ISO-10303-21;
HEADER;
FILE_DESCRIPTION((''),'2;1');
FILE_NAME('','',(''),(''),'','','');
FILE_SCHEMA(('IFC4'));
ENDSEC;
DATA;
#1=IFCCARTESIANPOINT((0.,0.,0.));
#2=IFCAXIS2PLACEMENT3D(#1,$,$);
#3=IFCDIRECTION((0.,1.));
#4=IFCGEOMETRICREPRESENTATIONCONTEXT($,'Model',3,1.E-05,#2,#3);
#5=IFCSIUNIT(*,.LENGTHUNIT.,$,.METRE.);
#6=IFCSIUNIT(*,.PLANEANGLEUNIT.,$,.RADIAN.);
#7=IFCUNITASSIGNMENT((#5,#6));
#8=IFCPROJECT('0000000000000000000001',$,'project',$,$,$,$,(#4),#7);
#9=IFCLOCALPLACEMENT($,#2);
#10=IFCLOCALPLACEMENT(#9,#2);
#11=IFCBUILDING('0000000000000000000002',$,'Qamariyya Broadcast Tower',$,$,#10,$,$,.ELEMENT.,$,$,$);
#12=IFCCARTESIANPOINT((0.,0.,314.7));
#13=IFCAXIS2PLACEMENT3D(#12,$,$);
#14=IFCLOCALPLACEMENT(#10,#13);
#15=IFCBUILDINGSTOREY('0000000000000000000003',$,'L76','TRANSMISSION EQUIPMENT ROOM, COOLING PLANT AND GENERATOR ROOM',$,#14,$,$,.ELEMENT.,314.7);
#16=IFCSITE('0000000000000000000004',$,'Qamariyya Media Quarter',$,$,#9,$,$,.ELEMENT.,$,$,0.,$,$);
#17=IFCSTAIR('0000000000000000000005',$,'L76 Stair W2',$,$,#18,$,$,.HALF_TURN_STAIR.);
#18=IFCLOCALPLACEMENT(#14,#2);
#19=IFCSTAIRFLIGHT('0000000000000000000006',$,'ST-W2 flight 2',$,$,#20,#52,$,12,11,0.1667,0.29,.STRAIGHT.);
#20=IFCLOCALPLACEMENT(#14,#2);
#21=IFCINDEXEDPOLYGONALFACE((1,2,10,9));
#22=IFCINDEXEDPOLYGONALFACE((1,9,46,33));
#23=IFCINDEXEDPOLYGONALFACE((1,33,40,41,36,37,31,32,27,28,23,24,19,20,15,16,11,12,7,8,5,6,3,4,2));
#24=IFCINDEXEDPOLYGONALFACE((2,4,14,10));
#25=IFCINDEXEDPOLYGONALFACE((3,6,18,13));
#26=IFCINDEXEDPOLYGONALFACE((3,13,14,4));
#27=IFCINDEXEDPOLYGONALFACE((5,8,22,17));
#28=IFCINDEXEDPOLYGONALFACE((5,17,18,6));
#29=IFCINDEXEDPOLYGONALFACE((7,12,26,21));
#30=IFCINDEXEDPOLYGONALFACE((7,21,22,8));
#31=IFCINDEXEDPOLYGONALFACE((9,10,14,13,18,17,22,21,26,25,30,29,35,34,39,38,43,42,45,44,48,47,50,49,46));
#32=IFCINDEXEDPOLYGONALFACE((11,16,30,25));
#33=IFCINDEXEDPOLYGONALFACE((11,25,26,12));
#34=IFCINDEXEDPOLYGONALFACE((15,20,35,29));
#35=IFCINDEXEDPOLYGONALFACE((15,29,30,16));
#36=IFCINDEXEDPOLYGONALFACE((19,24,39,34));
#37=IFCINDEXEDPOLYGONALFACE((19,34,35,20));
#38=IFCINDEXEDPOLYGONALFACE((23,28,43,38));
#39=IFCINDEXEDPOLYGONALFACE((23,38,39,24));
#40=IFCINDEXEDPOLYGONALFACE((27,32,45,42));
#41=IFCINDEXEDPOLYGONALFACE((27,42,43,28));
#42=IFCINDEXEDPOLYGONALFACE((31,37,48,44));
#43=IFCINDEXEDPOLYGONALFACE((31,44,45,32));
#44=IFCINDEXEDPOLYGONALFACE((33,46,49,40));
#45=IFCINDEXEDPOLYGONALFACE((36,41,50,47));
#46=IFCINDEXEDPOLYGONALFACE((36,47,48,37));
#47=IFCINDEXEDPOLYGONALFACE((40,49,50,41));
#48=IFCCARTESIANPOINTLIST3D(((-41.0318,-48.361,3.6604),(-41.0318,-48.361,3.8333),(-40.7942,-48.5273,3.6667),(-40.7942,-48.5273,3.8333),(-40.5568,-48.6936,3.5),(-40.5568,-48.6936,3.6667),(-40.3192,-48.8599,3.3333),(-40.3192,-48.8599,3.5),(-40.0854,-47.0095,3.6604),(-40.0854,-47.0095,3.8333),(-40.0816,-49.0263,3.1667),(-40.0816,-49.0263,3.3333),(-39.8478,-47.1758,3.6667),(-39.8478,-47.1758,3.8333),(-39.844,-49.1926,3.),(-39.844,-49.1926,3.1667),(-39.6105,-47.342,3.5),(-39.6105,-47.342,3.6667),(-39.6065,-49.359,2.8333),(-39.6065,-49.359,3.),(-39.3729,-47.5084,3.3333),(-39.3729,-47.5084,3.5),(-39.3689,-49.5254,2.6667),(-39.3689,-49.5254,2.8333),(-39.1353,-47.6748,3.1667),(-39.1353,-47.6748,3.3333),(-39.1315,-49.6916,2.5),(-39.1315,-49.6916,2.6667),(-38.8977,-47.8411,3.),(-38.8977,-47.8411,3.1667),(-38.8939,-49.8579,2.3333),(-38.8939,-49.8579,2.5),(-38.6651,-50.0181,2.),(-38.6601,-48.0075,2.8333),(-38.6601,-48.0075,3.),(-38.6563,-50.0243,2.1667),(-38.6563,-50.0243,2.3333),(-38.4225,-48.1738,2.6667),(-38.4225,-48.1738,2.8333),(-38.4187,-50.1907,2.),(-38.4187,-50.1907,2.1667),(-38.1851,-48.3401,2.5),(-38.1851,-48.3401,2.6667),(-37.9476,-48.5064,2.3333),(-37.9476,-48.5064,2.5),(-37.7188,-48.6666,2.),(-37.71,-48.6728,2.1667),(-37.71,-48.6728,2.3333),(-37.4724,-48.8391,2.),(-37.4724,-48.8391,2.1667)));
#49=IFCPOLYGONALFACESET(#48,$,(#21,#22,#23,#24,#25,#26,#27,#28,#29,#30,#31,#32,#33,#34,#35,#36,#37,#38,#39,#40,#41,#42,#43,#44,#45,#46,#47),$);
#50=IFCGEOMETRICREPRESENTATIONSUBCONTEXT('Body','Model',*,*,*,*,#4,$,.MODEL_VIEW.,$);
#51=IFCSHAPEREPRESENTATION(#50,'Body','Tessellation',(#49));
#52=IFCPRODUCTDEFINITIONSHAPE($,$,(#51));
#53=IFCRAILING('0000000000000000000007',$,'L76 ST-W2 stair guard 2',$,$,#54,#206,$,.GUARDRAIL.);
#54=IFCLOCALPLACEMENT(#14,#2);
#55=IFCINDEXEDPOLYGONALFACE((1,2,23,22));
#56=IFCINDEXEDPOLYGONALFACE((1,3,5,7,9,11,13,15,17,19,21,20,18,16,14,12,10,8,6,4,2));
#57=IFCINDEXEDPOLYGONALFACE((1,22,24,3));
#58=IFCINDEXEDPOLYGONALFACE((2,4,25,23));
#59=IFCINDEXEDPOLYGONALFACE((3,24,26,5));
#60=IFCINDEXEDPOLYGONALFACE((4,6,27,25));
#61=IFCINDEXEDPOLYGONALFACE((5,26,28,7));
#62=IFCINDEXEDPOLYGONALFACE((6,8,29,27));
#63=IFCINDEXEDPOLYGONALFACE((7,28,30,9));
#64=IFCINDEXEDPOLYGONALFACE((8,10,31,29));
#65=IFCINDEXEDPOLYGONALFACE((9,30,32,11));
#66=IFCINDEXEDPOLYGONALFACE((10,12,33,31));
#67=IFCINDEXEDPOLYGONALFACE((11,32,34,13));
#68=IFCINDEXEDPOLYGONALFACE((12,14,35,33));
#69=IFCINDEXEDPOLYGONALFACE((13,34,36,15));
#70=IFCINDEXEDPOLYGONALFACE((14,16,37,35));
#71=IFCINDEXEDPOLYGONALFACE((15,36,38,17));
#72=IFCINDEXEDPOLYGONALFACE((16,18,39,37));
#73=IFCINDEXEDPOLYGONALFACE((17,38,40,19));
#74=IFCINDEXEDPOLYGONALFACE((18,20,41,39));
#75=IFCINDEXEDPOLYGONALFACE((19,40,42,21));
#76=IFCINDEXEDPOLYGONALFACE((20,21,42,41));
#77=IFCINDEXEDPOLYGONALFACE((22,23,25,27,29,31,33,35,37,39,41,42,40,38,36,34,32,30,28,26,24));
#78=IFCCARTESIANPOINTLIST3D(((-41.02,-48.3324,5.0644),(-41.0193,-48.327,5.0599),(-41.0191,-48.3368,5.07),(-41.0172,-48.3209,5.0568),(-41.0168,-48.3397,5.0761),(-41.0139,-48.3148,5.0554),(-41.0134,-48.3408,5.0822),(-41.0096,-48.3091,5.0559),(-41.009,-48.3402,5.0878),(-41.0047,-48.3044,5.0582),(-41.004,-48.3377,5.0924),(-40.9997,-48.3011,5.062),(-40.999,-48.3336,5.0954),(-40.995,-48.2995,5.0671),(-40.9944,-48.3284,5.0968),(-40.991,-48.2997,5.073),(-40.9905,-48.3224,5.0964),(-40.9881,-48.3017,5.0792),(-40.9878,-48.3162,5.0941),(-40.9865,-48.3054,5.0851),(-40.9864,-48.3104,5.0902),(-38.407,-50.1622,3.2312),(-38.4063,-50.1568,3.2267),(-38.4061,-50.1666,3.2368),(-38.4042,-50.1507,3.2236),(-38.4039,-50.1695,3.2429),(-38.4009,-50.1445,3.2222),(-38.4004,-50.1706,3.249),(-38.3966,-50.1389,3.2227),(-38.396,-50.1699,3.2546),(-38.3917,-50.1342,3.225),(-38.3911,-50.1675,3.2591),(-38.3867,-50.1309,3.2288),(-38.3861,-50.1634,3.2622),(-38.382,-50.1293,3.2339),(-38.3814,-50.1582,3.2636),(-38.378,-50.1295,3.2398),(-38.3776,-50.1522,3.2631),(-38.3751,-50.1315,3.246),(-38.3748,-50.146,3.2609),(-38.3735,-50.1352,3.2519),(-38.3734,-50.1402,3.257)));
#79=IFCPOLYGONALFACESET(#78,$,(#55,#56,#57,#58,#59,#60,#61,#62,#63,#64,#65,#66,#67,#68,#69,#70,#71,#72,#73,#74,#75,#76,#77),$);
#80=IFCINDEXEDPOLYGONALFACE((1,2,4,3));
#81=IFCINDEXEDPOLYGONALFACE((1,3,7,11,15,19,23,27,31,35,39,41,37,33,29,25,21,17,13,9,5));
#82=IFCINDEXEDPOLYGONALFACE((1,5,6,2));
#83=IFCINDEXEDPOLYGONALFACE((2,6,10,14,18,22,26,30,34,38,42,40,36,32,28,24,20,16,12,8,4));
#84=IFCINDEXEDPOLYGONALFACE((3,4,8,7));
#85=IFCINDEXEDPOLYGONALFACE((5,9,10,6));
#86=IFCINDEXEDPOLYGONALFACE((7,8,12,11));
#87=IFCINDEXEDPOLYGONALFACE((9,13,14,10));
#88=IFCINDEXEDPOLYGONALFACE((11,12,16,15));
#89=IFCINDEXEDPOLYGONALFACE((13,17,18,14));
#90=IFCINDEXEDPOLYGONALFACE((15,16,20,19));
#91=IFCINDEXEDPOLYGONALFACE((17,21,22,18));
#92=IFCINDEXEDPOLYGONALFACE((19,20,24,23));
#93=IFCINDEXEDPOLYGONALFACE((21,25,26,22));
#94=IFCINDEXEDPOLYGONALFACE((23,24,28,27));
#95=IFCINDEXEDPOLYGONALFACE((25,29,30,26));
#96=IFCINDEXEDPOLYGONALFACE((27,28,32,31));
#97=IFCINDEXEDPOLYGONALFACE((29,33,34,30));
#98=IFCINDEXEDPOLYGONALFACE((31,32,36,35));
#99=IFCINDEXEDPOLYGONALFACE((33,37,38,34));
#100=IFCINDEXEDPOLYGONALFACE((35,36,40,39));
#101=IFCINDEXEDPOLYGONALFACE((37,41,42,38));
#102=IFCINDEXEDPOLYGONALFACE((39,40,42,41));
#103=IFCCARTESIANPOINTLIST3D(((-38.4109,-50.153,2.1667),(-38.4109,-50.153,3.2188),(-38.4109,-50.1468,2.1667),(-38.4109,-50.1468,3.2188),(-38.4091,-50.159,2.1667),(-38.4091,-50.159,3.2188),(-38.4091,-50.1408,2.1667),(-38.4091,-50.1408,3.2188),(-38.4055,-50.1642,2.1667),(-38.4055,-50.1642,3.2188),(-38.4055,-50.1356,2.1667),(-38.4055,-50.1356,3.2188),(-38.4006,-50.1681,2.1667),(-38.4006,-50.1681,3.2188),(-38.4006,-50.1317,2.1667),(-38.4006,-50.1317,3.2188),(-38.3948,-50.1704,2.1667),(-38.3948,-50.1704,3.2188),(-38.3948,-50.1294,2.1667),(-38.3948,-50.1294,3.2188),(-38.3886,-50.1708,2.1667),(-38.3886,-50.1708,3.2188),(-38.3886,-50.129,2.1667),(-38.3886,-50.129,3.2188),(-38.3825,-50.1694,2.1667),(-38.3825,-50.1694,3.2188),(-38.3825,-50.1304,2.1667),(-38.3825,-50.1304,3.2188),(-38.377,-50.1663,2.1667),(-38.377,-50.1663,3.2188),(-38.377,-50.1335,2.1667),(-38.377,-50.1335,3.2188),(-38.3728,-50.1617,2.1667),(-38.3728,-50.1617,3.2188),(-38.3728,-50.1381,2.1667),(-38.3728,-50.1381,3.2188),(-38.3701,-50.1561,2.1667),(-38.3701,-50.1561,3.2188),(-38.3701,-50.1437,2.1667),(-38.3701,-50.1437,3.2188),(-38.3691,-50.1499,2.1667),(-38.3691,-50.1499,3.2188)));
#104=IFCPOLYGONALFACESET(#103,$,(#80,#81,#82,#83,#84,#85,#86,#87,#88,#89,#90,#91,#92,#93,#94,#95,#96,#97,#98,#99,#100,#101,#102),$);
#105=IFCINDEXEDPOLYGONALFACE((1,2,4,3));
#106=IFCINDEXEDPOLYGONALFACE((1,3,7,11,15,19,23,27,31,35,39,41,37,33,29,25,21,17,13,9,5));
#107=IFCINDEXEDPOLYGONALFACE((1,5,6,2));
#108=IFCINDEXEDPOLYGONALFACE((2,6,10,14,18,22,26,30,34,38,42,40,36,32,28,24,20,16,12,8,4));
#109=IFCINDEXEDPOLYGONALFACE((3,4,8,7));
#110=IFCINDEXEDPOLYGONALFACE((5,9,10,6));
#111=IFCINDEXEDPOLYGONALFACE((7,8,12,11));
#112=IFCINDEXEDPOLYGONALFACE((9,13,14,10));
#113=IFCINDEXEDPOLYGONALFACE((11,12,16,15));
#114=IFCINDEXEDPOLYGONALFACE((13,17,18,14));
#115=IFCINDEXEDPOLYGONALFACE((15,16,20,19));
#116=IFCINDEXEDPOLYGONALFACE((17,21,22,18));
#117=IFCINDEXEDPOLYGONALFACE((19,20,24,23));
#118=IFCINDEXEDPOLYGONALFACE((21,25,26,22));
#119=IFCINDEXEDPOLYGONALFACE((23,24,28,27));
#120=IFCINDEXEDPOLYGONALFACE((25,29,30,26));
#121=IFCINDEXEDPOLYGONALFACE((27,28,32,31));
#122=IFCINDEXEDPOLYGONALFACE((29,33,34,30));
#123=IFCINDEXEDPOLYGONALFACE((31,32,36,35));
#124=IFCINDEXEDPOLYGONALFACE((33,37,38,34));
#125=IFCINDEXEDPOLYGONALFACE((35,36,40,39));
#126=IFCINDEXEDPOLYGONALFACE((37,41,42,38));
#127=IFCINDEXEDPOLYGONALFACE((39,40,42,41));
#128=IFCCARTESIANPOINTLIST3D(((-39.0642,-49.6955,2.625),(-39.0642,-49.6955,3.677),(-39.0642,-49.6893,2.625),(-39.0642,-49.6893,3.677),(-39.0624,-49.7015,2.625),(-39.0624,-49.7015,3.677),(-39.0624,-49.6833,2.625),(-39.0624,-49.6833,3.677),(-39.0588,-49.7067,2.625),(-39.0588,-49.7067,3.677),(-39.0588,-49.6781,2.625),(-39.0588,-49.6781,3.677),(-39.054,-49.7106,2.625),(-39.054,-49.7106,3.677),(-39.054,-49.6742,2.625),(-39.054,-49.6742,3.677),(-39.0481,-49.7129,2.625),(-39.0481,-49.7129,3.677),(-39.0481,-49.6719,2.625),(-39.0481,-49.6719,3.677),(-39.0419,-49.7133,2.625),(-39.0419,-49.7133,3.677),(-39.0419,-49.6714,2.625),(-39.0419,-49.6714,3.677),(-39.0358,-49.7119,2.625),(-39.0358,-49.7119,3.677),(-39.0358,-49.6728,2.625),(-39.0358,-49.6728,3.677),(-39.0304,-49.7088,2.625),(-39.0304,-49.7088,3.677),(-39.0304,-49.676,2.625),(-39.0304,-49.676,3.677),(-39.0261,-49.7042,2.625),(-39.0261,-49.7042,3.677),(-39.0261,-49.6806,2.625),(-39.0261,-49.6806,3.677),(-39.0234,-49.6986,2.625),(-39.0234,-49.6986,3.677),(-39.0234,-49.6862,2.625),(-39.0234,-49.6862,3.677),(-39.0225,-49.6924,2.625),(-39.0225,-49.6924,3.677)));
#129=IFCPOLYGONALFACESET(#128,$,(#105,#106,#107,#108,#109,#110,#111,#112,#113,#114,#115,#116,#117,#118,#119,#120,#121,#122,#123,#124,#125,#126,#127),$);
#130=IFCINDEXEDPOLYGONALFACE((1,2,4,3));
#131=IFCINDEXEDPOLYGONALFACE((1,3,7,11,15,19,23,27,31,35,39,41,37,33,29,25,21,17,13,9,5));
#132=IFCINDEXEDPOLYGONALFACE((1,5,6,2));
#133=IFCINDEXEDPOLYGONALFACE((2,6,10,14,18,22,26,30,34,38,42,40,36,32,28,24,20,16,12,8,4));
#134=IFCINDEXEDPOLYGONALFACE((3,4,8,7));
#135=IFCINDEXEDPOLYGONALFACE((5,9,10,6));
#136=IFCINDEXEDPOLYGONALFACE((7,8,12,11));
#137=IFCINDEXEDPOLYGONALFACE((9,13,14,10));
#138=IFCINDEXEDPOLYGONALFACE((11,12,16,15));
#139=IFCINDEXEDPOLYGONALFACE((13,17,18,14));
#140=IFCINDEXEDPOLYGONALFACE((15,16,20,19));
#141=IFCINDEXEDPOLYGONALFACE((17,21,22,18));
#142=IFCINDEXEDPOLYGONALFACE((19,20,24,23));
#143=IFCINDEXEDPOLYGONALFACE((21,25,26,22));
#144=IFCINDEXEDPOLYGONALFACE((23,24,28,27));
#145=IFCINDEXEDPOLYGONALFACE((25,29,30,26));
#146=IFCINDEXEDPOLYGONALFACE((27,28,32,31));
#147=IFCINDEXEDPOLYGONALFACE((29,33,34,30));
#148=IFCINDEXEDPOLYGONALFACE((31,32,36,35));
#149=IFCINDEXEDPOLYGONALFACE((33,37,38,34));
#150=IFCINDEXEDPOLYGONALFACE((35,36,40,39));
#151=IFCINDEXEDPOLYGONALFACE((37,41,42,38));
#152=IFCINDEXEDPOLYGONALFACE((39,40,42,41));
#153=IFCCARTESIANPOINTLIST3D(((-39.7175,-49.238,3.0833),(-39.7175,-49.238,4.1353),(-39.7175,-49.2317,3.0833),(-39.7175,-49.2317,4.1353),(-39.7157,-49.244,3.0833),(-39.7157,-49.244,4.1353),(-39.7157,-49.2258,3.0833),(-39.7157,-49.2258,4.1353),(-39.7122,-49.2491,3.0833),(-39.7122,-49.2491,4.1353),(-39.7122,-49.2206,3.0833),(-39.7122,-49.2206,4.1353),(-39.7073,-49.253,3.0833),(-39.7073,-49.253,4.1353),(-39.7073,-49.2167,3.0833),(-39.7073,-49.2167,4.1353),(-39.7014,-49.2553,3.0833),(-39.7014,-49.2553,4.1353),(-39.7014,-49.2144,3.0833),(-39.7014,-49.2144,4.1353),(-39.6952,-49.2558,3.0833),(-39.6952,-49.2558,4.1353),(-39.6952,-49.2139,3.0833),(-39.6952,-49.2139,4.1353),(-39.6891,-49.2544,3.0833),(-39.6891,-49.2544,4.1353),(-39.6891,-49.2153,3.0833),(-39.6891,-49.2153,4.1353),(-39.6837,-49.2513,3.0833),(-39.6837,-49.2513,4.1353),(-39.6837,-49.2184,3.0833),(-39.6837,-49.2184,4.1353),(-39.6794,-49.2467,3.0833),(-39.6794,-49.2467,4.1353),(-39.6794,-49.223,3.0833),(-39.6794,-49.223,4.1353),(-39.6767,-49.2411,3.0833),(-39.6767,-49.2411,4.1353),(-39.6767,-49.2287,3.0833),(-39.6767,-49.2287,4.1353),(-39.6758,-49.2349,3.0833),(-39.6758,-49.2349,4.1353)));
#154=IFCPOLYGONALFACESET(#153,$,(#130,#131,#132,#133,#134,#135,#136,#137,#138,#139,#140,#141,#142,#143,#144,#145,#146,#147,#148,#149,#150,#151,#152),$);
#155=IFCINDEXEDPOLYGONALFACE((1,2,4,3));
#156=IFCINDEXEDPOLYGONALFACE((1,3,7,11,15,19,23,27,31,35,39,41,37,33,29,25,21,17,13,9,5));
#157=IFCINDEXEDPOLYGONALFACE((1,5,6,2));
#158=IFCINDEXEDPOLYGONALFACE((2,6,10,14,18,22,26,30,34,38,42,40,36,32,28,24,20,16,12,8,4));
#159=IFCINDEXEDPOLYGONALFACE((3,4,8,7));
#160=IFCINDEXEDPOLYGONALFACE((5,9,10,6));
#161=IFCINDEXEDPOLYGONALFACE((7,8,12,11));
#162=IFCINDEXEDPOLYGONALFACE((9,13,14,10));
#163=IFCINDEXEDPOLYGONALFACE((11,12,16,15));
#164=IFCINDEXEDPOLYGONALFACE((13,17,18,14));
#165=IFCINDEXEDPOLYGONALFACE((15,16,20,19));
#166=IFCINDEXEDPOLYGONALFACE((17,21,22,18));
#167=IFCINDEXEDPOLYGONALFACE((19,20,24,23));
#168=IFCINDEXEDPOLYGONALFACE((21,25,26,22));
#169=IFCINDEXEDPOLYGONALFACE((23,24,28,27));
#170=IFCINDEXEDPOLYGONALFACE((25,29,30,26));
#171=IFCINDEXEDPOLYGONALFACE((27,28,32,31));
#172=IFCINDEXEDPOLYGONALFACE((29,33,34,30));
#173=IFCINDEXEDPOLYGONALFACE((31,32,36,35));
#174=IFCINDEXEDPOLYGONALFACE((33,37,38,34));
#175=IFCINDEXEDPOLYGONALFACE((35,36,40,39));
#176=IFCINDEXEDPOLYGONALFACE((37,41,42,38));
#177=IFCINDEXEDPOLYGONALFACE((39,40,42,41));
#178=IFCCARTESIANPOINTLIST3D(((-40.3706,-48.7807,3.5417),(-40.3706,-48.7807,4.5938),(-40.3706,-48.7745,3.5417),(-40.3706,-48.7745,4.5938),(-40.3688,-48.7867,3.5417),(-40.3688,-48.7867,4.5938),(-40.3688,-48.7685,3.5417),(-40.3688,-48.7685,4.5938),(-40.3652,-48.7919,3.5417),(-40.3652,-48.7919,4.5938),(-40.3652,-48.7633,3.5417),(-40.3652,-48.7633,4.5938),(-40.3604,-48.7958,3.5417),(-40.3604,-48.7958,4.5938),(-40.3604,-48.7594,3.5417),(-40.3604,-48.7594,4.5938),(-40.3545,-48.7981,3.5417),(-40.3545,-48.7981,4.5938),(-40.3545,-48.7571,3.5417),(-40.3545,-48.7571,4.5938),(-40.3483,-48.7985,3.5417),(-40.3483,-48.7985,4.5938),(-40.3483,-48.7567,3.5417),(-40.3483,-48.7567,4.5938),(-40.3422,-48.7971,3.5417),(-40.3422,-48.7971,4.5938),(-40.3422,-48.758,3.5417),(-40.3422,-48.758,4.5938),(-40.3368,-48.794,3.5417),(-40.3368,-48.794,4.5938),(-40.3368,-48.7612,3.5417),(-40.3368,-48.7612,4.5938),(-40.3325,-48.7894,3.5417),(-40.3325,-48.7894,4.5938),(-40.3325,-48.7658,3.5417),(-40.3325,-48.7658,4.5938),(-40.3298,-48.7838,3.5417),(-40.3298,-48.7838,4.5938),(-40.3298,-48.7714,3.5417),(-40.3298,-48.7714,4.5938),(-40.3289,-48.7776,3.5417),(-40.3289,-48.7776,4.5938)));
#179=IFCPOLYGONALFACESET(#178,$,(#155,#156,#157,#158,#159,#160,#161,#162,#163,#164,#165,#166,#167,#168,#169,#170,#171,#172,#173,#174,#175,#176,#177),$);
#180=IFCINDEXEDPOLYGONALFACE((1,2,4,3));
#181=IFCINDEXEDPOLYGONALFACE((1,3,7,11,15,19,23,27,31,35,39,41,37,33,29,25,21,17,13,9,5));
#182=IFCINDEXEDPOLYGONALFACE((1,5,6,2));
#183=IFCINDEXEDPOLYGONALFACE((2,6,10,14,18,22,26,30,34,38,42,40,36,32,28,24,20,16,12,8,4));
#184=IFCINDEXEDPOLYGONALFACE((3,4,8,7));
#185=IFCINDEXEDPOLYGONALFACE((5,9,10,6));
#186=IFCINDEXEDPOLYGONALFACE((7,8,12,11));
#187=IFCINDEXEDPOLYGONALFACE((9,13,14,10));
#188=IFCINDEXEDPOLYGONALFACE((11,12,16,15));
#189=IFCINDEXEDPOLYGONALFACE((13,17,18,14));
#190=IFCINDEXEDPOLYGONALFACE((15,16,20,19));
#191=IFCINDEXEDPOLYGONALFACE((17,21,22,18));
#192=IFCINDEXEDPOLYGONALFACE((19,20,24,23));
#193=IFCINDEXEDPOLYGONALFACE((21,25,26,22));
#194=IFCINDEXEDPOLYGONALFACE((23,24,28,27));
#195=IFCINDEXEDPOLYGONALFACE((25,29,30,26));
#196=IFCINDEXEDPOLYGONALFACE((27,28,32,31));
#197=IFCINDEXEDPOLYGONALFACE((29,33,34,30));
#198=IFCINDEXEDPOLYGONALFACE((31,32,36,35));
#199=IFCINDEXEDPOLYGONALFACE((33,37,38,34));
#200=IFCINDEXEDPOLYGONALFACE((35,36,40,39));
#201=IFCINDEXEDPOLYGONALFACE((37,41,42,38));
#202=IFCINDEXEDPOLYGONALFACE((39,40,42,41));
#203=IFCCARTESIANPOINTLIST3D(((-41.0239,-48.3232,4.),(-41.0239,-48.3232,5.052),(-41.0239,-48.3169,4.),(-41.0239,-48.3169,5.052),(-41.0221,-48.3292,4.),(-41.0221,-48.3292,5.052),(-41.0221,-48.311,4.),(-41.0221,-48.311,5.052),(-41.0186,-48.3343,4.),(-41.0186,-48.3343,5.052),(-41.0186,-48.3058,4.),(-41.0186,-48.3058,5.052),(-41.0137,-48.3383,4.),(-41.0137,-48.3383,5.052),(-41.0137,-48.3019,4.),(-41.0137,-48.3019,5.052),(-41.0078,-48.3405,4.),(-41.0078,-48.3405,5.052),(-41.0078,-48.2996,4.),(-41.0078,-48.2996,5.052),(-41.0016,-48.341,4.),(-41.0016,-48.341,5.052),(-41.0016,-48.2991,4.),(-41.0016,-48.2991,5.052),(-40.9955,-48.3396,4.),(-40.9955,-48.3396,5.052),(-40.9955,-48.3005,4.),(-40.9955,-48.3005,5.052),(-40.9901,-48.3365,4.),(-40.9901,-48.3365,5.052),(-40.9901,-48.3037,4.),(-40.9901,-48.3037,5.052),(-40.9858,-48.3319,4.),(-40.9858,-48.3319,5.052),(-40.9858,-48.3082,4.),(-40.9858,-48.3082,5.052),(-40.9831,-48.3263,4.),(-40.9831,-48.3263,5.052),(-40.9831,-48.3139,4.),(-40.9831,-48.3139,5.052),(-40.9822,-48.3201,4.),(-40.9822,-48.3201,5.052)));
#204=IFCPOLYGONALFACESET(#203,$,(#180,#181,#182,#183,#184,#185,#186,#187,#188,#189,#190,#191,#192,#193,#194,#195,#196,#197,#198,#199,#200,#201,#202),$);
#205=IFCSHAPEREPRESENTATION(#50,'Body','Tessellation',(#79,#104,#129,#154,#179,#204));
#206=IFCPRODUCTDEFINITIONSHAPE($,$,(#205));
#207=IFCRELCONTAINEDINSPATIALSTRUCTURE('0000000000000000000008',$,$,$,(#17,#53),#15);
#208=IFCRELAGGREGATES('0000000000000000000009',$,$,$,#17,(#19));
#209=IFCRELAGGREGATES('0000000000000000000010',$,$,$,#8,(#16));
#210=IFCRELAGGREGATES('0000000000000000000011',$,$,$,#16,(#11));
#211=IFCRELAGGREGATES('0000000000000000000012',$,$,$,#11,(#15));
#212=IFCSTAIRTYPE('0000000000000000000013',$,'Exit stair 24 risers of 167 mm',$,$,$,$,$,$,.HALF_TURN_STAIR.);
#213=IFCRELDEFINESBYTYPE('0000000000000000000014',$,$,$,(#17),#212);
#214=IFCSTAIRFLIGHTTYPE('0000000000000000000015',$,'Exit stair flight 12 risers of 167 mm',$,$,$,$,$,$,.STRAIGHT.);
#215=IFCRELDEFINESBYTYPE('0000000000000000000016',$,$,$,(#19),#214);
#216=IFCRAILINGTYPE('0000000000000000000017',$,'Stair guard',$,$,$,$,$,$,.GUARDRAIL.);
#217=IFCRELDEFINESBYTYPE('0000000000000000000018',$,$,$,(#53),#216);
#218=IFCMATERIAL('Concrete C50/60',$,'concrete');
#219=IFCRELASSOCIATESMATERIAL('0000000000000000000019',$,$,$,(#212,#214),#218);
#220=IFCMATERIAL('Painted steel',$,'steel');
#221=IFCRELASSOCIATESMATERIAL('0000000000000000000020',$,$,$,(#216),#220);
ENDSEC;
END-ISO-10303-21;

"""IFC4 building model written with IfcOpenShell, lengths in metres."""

from ifc_helpers import new_model, si_unit, direction, frame, origin, origin_2d, place, context, subcontext, project, spatial, polyline, circle, outline, extrude, material, type_object, element, aggregate, save


model = new_model("IFC4")

# Units and contexts
model_context = context("Model", 3, precision=1e-05, world=origin(), true_north=direction((0.0, 1.0)))
body_context = subcontext(model_context, "Body", "Model", "MODEL_VIEW")
ifc_project = project(units=[si_unit("LENGTHUNIT", "METRE"), si_unit("PLANEANGLEUNIT", "RADIAN")], contexts=[model_context])

# Site, building, storey
site_placement = place(None, origin())
site = spatial("IfcSite", under=ifc_project, at=site_placement, Name="Qamariyya Media Quarter", CompositionType="ELEMENT", RefElevation=0.0)
building_placement = place(site_placement, origin())
building = spatial("IfcBuilding", under=site, at=building_placement, Name="Qamariyya Broadcast Tower", CompositionType="ELEMENT")
storey_placement = place(building_placement, frame((0.0, 0.0, 314.7)))
storey = spatial("IfcBuildingStorey", under=building, at=storey_placement, Name="L76", Description="TRANSMISSION EQUIPMENT ROOM, COOLING PLANT AND GENERATOR ROOM", CompositionType="ELEMENT", Elevation=314.7)

# Shared definitions
ifc_material_1 = material(Name="Concrete C50/60", Category="concrete")

# Stair, stair flight
stair_type = type_object("IfcStairType", Name="Exit stair 24 risers of 167 mm", PredefinedType="HALF_TURN_STAIR", material=ifc_material_1)
stair_placement = place(storey_placement, origin())
stair = element("IfcStair", 1, at=stair_placement, inside=storey, type_object=stair_type, Name="L76 Stair W2", PredefinedType="HALF_TURN_STAIR")
stair_flight_type = type_object("IfcStairFlightType", Name="Exit stair flight 12 risers of 167 mm", PredefinedType="STRAIGHT", material=ifc_material_1)
stair_flight_placement = place(storey_placement, frame((-37.9456, -49.5149, 2.0), z_axis=(0.0, 0.0, 1.0), x_axis=(-0.819152, 0.573576, 0.0)))
stair_flight = element("IfcStairFlight", 2, at=stair_flight_placement, type_object=stair_flight_type, Name="ST-W2 flight 2", NumberOfRisers=12, NumberOfTreads=11, PredefinedType="STRAIGHT", RiserHeight=0.1667, TreadLength=0.29, context=body_context, shape_type="SweptSolid", body=[
    extrude(outline(polyline([(0.0, 0.0), (0.0, 0.1667), (0.29, 0.1667), (0.29, 0.3333), (0.5801, 0.3333), (0.5801, 0.5), (0.8701, 0.5), (0.8701, 0.6667), (1.1599, 0.6667), (1.1599, 0.8333), (1.45, 0.8333), (1.45, 1.0), (1.74, 1.0), (1.74, 1.1667), (2.03, 1.1667), (2.03, 1.3333), (2.3201, 1.3333), (2.3201, 1.5), (2.6101, 1.5), (2.6101, 1.6667), (2.8999, 1.6667), (2.8999, 1.8333), (3.1899, 1.8333), (3.1899, 2.0), (3.1899, 1.6604), (0.3008, 0.0), (0.0, 0.0)])), frame((0.0, 0.825, 0.0), z_axis=(0.0, -1.0, 0.0), x_axis=(1.0, 0.0, 0.0)), (0.0, 0.0, 1.0), 1.6499),
])
aggregate(stair, [stair_flight])

# Railing
ifc_material_2 = material(Name="Painted steel", Category="steel")
railing_type_1 = type_object("IfcRailingType", Name="Stair guard", PredefinedType="GUARDRAIL", material=ifc_material_2)
railing_1_placement = place(storey_placement, frame((-38.3901, -50.1499, 2.1667)))
element("IfcRailing", 3, at=railing_1_placement, inside=storey, type_object=railing_type_1, Name="L76 ST-W2 stair guard 2", PredefinedType="GUARDRAIL", context=body_context, shape_type="SweptSolid", body=[
    extrude(circle(Radius=0.0239, at=origin_2d()), frame((0.0, 0.0, 1.0762), z_axis=(-0.710204, 0.497335, 0.498264), x_axis=(-0.573611, -0.819128, 0.0)), (0.0, 0.0, 1.0), 3.6792),
    extrude(circle(Radius=0.021, at=origin_2d()), origin(), (0.0, 0.0, 1.0), 1.052),
    extrude(circle(Radius=0.021, at=origin_2d()), frame((-0.6533, 0.4575, 0.4583)), (0.0, 0.0, 1.0), 1.052),
    extrude(circle(Radius=0.021, at=origin_2d()), frame((-1.3066, 0.915, 0.9165)), (0.0, 0.0, 1.0), 1.052),
    extrude(circle(Radius=0.021, at=origin_2d()), frame((-1.9597, 1.3723, 1.375)), (0.0, 0.0, 1.0), 1.052),
    extrude(circle(Radius=0.021, at=origin_2d()), frame((-2.613, 1.8298, 1.8333)), (0.0, 0.0, 1.0), 1.052),
])

save(model, "model.ifc")
